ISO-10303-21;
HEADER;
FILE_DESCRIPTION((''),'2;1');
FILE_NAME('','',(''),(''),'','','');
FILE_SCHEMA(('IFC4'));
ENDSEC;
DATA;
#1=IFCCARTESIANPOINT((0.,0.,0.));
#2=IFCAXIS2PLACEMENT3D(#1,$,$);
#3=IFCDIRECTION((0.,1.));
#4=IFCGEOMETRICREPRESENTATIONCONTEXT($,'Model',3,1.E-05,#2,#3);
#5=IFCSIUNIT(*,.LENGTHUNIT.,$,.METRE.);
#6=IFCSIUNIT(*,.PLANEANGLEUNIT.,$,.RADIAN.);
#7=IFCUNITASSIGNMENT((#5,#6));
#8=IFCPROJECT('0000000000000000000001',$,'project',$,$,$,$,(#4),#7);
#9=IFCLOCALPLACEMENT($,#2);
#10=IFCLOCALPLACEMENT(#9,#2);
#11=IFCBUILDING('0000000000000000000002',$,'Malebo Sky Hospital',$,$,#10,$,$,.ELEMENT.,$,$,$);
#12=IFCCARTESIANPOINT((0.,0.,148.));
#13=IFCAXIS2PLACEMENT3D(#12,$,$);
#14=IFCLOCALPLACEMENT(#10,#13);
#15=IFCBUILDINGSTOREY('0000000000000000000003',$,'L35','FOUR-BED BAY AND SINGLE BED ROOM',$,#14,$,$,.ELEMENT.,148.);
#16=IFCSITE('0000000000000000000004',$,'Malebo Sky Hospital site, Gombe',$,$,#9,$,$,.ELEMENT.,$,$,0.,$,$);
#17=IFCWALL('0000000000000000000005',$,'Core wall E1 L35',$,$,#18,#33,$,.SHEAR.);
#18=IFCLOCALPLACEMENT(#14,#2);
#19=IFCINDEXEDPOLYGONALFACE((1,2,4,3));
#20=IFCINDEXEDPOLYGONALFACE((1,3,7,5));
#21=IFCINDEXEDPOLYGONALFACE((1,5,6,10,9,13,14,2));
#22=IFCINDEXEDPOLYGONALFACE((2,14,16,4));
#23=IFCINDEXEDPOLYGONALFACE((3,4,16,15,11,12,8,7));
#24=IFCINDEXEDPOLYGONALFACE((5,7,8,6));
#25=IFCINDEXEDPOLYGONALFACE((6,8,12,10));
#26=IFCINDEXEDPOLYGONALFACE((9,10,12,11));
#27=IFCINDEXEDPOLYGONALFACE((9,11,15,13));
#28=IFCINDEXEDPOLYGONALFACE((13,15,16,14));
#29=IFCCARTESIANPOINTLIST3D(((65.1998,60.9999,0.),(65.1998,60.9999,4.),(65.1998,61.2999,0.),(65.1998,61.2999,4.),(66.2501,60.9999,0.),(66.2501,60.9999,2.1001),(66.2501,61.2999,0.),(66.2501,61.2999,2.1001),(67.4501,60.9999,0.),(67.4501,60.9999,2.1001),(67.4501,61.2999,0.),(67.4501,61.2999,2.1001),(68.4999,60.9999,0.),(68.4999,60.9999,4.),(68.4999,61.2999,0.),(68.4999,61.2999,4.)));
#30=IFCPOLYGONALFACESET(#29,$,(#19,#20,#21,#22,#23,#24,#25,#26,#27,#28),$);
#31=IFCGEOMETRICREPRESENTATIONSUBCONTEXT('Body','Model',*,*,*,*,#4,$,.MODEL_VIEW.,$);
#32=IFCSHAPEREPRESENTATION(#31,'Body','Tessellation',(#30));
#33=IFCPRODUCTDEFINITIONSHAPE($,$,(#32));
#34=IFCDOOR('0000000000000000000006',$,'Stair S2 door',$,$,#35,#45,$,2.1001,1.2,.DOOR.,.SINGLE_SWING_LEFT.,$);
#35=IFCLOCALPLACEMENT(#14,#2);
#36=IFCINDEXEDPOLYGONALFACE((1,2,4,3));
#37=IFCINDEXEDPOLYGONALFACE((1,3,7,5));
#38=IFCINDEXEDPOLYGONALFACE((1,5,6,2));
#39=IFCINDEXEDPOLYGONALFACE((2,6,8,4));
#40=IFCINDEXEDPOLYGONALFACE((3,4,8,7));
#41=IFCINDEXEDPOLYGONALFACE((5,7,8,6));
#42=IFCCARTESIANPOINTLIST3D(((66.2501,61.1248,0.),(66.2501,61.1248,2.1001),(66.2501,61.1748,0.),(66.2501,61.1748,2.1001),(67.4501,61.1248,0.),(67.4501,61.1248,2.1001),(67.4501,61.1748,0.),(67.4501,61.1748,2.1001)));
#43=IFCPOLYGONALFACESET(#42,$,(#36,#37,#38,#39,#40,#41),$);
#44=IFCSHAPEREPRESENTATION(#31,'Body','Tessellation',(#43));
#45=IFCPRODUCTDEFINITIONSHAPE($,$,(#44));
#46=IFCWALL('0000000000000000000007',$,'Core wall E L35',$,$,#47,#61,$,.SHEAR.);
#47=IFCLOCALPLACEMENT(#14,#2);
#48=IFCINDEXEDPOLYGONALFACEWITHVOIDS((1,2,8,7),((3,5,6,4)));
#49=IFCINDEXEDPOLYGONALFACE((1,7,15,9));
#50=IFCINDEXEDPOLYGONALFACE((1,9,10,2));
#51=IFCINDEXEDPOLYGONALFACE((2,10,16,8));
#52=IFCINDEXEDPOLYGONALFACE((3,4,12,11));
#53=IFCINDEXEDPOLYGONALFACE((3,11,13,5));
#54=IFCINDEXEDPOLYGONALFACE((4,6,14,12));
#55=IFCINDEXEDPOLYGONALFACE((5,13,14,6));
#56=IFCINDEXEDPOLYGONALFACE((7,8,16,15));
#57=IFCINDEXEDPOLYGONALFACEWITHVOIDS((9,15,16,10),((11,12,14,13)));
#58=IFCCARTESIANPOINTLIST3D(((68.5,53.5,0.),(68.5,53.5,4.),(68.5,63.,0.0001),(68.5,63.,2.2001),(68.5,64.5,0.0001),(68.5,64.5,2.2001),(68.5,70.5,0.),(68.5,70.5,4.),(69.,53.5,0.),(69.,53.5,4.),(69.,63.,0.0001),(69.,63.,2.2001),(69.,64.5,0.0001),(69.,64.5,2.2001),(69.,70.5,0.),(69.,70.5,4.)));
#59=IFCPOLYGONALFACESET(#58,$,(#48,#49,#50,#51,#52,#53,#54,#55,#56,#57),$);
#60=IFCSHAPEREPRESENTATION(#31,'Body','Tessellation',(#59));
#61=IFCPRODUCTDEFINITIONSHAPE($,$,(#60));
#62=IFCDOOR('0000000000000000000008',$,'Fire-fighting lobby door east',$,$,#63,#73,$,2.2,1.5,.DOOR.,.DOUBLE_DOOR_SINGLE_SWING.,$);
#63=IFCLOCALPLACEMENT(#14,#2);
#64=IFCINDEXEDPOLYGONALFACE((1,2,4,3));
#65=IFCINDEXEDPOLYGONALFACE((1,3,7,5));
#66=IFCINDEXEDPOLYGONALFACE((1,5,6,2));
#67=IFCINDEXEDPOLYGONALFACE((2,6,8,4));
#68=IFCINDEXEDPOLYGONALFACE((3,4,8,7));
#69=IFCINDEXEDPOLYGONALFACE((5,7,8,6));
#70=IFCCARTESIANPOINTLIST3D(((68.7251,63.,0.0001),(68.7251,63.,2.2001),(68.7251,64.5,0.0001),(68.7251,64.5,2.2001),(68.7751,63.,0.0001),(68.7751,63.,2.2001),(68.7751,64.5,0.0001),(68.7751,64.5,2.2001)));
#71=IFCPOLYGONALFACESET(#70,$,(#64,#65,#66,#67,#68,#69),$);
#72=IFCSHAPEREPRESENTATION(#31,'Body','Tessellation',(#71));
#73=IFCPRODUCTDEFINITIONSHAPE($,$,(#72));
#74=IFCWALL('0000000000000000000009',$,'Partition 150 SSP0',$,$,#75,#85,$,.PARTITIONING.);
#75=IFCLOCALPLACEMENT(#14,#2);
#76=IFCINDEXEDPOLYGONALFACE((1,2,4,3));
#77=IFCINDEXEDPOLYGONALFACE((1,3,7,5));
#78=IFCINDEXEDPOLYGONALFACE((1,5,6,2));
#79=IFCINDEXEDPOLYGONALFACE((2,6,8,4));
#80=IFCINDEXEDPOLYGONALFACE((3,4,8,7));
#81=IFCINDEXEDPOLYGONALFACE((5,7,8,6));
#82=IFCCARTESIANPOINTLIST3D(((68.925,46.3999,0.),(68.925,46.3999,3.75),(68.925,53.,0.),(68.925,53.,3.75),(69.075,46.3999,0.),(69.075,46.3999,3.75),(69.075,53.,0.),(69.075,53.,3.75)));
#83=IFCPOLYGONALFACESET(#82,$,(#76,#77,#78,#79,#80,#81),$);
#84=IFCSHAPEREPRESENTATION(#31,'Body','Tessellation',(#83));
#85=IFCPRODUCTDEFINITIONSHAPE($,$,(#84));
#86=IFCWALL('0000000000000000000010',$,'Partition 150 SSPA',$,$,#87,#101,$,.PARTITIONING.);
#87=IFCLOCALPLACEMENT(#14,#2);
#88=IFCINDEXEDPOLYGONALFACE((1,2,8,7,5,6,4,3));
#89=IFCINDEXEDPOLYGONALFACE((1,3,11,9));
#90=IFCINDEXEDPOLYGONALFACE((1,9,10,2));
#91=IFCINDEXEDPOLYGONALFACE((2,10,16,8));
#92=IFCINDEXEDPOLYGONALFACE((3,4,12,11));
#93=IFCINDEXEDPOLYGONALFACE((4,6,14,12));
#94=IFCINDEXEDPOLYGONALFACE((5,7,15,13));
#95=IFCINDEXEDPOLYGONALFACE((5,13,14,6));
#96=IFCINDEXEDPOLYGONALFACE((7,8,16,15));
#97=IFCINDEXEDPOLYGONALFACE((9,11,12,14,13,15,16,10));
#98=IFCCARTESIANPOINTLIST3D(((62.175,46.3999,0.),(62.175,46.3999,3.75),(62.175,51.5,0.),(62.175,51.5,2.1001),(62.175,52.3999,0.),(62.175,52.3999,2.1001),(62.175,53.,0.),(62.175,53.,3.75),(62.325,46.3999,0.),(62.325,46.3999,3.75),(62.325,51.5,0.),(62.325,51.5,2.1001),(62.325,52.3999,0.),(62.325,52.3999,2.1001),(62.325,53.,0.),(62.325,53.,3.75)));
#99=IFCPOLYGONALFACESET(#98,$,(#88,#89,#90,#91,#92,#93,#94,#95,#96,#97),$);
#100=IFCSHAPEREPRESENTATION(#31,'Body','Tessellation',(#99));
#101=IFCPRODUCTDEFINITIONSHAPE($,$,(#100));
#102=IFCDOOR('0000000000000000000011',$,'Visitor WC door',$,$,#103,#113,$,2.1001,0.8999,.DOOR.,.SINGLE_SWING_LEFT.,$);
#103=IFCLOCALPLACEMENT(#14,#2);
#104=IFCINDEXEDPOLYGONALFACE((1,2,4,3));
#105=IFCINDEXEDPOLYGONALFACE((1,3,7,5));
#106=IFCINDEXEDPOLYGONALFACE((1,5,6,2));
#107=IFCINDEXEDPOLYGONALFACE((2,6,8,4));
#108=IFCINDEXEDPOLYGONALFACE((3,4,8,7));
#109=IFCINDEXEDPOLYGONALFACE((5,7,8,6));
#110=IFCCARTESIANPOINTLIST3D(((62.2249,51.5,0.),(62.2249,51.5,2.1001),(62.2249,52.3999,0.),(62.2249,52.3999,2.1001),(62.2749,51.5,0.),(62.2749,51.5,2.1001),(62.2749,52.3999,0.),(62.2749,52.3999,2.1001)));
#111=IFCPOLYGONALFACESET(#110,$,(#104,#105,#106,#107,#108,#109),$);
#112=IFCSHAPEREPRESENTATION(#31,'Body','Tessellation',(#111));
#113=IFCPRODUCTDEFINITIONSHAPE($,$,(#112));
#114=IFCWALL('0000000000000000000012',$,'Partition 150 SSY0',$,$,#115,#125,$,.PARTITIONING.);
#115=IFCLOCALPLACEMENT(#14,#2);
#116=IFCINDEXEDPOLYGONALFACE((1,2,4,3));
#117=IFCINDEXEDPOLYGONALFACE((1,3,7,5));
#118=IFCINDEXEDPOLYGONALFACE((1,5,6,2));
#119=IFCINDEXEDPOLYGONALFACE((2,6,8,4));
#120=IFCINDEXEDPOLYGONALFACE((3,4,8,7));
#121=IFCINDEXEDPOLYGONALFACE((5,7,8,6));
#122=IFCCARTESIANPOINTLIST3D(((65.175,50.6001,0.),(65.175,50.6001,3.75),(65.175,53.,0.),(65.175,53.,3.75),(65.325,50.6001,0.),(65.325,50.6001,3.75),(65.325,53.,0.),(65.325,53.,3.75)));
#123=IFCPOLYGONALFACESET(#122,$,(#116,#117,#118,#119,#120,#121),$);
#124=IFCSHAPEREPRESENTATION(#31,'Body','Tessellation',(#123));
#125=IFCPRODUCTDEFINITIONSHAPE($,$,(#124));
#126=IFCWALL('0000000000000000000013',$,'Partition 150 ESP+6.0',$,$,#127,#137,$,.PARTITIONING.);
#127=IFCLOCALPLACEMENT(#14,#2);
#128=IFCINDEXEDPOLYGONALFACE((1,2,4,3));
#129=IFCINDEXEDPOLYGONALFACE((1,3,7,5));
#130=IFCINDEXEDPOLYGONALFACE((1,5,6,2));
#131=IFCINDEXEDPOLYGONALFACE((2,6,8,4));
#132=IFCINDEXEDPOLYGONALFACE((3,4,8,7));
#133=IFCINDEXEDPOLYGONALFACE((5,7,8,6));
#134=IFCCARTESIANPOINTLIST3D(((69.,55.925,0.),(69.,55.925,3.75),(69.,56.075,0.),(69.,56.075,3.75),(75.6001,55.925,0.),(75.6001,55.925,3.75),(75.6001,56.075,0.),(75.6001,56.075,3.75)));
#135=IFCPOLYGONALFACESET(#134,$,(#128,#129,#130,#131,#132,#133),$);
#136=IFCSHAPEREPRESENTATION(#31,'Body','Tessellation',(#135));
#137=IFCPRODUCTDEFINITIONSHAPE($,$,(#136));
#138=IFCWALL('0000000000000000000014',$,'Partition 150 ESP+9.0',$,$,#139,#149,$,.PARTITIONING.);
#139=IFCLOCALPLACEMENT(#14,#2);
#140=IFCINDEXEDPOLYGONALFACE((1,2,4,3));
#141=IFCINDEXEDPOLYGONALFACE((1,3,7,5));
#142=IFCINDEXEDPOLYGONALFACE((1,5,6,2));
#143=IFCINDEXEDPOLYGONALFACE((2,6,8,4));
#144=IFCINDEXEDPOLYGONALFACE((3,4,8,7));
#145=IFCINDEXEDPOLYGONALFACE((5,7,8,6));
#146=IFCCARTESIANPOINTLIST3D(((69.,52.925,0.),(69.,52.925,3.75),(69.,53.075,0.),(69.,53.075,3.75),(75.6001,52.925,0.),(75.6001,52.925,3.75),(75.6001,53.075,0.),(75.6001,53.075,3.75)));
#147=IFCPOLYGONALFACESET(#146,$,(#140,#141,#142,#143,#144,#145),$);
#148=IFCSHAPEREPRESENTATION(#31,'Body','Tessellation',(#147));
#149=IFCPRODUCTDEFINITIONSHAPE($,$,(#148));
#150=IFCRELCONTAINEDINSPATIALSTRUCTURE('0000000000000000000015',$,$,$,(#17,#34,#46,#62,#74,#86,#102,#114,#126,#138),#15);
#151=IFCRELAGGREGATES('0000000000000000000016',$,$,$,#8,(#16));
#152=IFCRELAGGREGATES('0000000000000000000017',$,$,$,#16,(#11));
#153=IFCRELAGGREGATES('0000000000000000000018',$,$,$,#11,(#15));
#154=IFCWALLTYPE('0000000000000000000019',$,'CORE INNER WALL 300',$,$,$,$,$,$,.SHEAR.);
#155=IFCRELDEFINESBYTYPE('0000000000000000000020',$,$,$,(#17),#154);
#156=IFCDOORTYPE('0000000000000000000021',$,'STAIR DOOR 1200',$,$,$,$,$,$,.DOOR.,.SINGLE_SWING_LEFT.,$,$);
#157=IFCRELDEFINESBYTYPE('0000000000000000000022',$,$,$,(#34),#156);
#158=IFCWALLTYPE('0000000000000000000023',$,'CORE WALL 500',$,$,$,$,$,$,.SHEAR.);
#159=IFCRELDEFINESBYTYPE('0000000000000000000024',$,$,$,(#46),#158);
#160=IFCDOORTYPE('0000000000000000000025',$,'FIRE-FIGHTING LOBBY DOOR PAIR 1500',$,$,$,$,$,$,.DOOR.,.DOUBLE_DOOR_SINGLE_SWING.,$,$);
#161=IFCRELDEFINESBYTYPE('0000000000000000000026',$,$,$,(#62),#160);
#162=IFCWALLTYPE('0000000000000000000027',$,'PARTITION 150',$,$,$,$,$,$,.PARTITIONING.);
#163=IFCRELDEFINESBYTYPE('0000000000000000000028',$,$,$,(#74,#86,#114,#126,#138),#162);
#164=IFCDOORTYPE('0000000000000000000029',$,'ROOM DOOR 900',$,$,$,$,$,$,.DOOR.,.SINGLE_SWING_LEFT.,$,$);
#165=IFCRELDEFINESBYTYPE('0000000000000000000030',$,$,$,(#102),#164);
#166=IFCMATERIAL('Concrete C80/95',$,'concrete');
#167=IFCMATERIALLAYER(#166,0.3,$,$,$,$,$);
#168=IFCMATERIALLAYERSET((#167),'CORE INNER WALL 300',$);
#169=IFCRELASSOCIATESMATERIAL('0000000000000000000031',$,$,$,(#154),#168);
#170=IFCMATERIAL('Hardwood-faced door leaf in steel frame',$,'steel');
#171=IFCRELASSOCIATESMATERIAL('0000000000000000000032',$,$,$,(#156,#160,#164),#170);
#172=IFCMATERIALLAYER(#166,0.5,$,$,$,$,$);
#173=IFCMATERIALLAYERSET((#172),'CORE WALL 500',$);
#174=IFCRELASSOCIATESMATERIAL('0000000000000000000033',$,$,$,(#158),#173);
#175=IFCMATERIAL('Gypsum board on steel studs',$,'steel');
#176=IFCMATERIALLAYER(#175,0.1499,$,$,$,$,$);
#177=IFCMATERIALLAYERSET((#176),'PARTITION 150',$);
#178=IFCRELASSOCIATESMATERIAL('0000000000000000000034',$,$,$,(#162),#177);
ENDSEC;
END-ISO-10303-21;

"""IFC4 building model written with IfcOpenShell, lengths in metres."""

from ifc_helpers import new_model, si_unit, direction, frame, frame_2d, origin, place, context, subcontext, project, spatial, rectangle, extrude, material, layer, layer_set, type_object, element, fill, save


model = new_model("IFC4")

# Units and contexts
model_context = context("Model", 3, precision=1e-05, world=origin(), true_north=direction((0.0, 1.0)))
body_context = subcontext(model_context, "Body", "Model", "MODEL_VIEW")
ifc_project = project(units=[si_unit("LENGTHUNIT", "METRE"), si_unit("PLANEANGLEUNIT", "RADIAN")], contexts=[model_context])

# Site, building, storey
site_placement = place(None, origin())
site = spatial("IfcSite", under=ifc_project, at=site_placement, Name="Malebo Sky Hospital site, Gombe", CompositionType="ELEMENT", RefElevation=0.0)
building_placement = place(site_placement, origin())
building = spatial("IfcBuilding", under=site, at=building_placement, Name="Malebo Sky Hospital", CompositionType="ELEMENT")
storey_placement = place(building_placement, frame((0.0, 0.0, 148.0)))
storey = spatial("IfcBuildingStorey", under=building, at=storey_placement, Name="L35", Description="FOUR-BED BAY AND SINGLE BED ROOM", CompositionType="ELEMENT", Elevation=148.0)

# Shared definitions
ifc_material_1 = material(Name="Concrete C80/95", Category="concrete")

# Shared definitions
ifc_layer_1 = layer(ifc_material_1, 0.3)
ifc_layer_set_1 = layer_set([ifc_layer_1], Name="CORE INNER WALL 300")
wall_type_1 = type_object("IfcWallType", Name="CORE INNER WALL 300", PredefinedType="SHEAR", material=ifc_layer_set_1)

# Walls, openings, doors
wall_1_placement = place(storey_placement, frame((65.2, 61.1499, 0.0), z_axis=(0.0, 0.0, 1.0), x_axis=(1.0, 0.0, 0.0)))
wall_1 = element("IfcWall", 1, at=wall_1_placement, inside=storey, type_object=wall_type_1, Name="Core wall E1 L35", PredefinedType="SHEAR", context=body_context, shape_type="SweptSolid", body=[
    extrude(rectangle(XDim=3.3, YDim=0.3, at=frame_2d((1.6499, 0.0))), origin(), (0.0, 0.0, 1.0), 4.0),
])
opening_1_placement = place(wall_1_placement, frame((1.05, 0.0, 0.0)))
opening_1 = element("IfcOpeningElement", 2, at=opening_1_placement, cuts=wall_1, PredefinedType="OPENING", context=body_context, shape_type="SweptSolid", body=[
    extrude(rectangle(XDim=1.2, YDim=2.1001, at=frame_2d((0.6001, 1.05))), frame((0.0, 0.1599, 0.0), z_axis=(0.0, -1.0, 0.0), x_axis=(1.0, 0.0, 0.0)), (0.0, 0.0, 1.0), 0.3201),
])
ifc_material_2 = material(Name="Hardwood-faced door leaf in steel frame", Category="steel")
door_type_1 = type_object("IfcDoorType", Name="STAIR DOOR 1200", OperationType="SINGLE_SWING_LEFT", PredefinedType="DOOR", material=ifc_material_2)
door_1_placement = place(opening_1_placement, origin())
door_1 = element("IfcDoor", 3, at=door_1_placement, inside=storey, type_object=door_type_1, Name="Stair S2 door", OperationType="SINGLE_SWING_LEFT", OverallHeight=2.1001, OverallWidth=1.2, PredefinedType="DOOR", context=body_context, shape_type="SweptSolid", body=[
    extrude(rectangle(XDim=1.2, YDim=2.1001, at=frame_2d((0.6001, 1.05))), frame((0.0, 0.0249, 0.0), z_axis=(0.0, -1.0, 0.0), x_axis=(1.0, 0.0, 0.0)), (0.0, 0.0, 1.0), 0.05),
])
fill(opening_1, door_1)
ifc_layer_2 = layer(ifc_material_1, 0.5)
ifc_layer_set_2 = layer_set([ifc_layer_2], Name="CORE WALL 500")
wall_type_2 = type_object("IfcWallType", Name="CORE WALL 500", PredefinedType="SHEAR", material=ifc_layer_set_2)
wall_2_placement = place(storey_placement, frame((68.75, 53.5, 0.0), z_axis=(0.0, 0.0, 1.0), x_axis=(0.0, 1.0, 0.0)))
wall_2 = element("IfcWall", 4, at=wall_2_placement, inside=storey, type_object=wall_type_2, Name="Core wall E L35", PredefinedType="SHEAR", context=body_context, shape_type="SweptSolid", body=[
    extrude(rectangle(XDim=17.0, YDim=0.5, at=frame_2d((8.5, 0.0))), origin(), (0.0, 0.0, 1.0), 4.0),
])
opening_2_placement = place(wall_2_placement, frame((9.5, 0.0, 0.0)))
opening_2 = element("IfcOpeningElement", 5, at=opening_2_placement, cuts=wall_2, PredefinedType="OPENING", context=body_context, shape_type="SweptSolid", body=[
    extrude(rectangle(XDim=1.5, YDim=2.2, at=frame_2d((0.75, 1.1001))), frame((0.0, 0.26, 0.0), z_axis=(0.0, -1.0, 0.0), x_axis=(1.0, 0.0, 0.0)), (0.0, 0.0, 1.0), 0.52),
])
door_type_2 = type_object("IfcDoorType", Name="FIRE-FIGHTING LOBBY DOOR PAIR 1500", OperationType="DOUBLE_DOOR_SINGLE_SWING", PredefinedType="DOOR", material=ifc_material_2)
door_2_placement = place(opening_2_placement, origin())
door_2 = element("IfcDoor", 6, at=door_2_placement, inside=storey, type_object=door_type_2, Name="Fire-fighting lobby door east", OperationType="DOUBLE_DOOR_SINGLE_SWING", OverallHeight=2.2, OverallWidth=1.5, PredefinedType="DOOR", context=body_context, shape_type="SweptSolid", body=[
    extrude(rectangle(XDim=1.5, YDim=2.2, at=frame_2d((0.75, 1.1001))), frame((0.0, 0.0249, 0.0), z_axis=(0.0, -1.0, 0.0), x_axis=(1.0, 0.0, 0.0)), (0.0, 0.0, 1.0), 0.05),
])
fill(opening_2, door_2)

# Wall
ifc_material_3 = material(Name="Gypsum board on steel studs", Category="steel")
ifc_layer_3 = layer(ifc_material_3, 0.1499)
ifc_layer_set_3 = layer_set([ifc_layer_3], Name="PARTITION 150")
wall_type_3 = type_object("IfcWallType", Name="PARTITION 150", PredefinedType="PARTITIONING", material=ifc_layer_set_3)
wall_3_placement = place(storey_placement, frame((69.0, 53.0, 0.0), z_axis=(0.0, 0.0, 1.0), x_axis=(0.0, -1.0, 0.0)))
element("IfcWall", 7, at=wall_3_placement, inside=storey, type_object=wall_type_3, Name="Partition 150 SSP0", PredefinedType="PARTITIONING", context=body_context, shape_type="SweptSolid", body=[
    extrude(rectangle(XDim=6.6001, YDim=0.1499, at=frame_2d((3.3, 0.0))), origin(), (0.0, 0.0, 1.0), 3.75),
])

# Wall, opening, door
wall_4_placement = place(storey_placement, frame((62.25, 53.0, 0.0), z_axis=(0.0, 0.0, 1.0), x_axis=(0.0, -1.0, 0.0)))
wall_4 = element("IfcWall", 8, at=wall_4_placement, inside=storey, type_object=wall_type_3, Name="Partition 150 SSPA", PredefinedType="PARTITIONING", context=body_context, shape_type="SweptSolid", body=[
    extrude(rectangle(XDim=6.6001, YDim=0.1499, at=frame_2d((3.3, 0.0))), origin(), (0.0, 0.0, 1.0), 3.75),
])
opening_3_placement = place(wall_4_placement, frame((0.6001, 0.0, 0.0)))
opening_3 = element("IfcOpeningElement", 9, at=opening_3_placement, cuts=wall_4, PredefinedType="OPENING", context=body_context, shape_type="SweptSolid", body=[
    extrude(rectangle(XDim=0.8999, YDim=2.1001, at=frame_2d((0.45, 1.05))), frame((0.0, 0.085, 0.0), z_axis=(0.0, -1.0, 0.0), x_axis=(1.0, 0.0, 0.0)), (0.0, 0.0, 1.0), 0.1699),
])
door_type_3 = type_object("IfcDoorType", Name="ROOM DOOR 900", OperationType="SINGLE_SWING_LEFT", PredefinedType="DOOR", material=ifc_material_2)
door_3_placement = place(opening_3_placement, origin())
door_3 = element("IfcDoor", 10, at=door_3_placement, inside=storey, type_object=door_type_3, Name="Visitor WC door", OperationType="SINGLE_SWING_LEFT", OverallHeight=2.1001, OverallWidth=0.8999, PredefinedType="DOOR", context=body_context, shape_type="SweptSolid", body=[
    extrude(rectangle(XDim=0.8999, YDim=2.1001, at=frame_2d((0.45, 1.05))), frame((0.0, 0.0249, 0.0), z_axis=(0.0, -1.0, 0.0), x_axis=(1.0, 0.0, 0.0)), (0.0, 0.0, 1.0), 0.05),
])
fill(opening_3, door_3)

# Walls
wall_5_placement = place(storey_placement, frame((65.25, 53.0, 0.0), z_axis=(0.0, 0.0, 1.0), x_axis=(0.0, -1.0, 0.0)))
element("IfcWall", 11, at=wall_5_placement, inside=storey, type_object=wall_type_3, Name="Partition 150 SSY0", PredefinedType="PARTITIONING", context=body_context, shape_type="SweptSolid", body=[
    extrude(rectangle(XDim=2.3999, YDim=0.1499, at=frame_2d((1.2, 0.0))), origin(), (0.0, 0.0, 1.0), 3.75),
])
for number, where, z_axis, x_axis, name in (
    (12, (69.0, 56.0, 0.0), (0.0, 0.0, 1.0), (1.0, 0.0, 0.0), "Partition 150 ESP+6.0"),
    (13, (69.0, 53.0, 0.0), (0.0, 0.0, 1.0), (1.0, 0.0, 0.0), "Partition 150 ESP+9.0"),
):
    element("IfcWall", number, at=place(storey_placement, frame(where, z_axis=z_axis, x_axis=x_axis)), inside=storey, type_object=wall_type_3, Name=name, PredefinedType="PARTITIONING", context=body_context, shape_type="SweptSolid", body=[
        extrude(rectangle(XDim=6.6001, YDim=0.1499, at=frame_2d((3.3, 0.0))), origin(), (0.0, 0.0, 1.0), 3.75),
    ])

save(model, "model.ifc")
